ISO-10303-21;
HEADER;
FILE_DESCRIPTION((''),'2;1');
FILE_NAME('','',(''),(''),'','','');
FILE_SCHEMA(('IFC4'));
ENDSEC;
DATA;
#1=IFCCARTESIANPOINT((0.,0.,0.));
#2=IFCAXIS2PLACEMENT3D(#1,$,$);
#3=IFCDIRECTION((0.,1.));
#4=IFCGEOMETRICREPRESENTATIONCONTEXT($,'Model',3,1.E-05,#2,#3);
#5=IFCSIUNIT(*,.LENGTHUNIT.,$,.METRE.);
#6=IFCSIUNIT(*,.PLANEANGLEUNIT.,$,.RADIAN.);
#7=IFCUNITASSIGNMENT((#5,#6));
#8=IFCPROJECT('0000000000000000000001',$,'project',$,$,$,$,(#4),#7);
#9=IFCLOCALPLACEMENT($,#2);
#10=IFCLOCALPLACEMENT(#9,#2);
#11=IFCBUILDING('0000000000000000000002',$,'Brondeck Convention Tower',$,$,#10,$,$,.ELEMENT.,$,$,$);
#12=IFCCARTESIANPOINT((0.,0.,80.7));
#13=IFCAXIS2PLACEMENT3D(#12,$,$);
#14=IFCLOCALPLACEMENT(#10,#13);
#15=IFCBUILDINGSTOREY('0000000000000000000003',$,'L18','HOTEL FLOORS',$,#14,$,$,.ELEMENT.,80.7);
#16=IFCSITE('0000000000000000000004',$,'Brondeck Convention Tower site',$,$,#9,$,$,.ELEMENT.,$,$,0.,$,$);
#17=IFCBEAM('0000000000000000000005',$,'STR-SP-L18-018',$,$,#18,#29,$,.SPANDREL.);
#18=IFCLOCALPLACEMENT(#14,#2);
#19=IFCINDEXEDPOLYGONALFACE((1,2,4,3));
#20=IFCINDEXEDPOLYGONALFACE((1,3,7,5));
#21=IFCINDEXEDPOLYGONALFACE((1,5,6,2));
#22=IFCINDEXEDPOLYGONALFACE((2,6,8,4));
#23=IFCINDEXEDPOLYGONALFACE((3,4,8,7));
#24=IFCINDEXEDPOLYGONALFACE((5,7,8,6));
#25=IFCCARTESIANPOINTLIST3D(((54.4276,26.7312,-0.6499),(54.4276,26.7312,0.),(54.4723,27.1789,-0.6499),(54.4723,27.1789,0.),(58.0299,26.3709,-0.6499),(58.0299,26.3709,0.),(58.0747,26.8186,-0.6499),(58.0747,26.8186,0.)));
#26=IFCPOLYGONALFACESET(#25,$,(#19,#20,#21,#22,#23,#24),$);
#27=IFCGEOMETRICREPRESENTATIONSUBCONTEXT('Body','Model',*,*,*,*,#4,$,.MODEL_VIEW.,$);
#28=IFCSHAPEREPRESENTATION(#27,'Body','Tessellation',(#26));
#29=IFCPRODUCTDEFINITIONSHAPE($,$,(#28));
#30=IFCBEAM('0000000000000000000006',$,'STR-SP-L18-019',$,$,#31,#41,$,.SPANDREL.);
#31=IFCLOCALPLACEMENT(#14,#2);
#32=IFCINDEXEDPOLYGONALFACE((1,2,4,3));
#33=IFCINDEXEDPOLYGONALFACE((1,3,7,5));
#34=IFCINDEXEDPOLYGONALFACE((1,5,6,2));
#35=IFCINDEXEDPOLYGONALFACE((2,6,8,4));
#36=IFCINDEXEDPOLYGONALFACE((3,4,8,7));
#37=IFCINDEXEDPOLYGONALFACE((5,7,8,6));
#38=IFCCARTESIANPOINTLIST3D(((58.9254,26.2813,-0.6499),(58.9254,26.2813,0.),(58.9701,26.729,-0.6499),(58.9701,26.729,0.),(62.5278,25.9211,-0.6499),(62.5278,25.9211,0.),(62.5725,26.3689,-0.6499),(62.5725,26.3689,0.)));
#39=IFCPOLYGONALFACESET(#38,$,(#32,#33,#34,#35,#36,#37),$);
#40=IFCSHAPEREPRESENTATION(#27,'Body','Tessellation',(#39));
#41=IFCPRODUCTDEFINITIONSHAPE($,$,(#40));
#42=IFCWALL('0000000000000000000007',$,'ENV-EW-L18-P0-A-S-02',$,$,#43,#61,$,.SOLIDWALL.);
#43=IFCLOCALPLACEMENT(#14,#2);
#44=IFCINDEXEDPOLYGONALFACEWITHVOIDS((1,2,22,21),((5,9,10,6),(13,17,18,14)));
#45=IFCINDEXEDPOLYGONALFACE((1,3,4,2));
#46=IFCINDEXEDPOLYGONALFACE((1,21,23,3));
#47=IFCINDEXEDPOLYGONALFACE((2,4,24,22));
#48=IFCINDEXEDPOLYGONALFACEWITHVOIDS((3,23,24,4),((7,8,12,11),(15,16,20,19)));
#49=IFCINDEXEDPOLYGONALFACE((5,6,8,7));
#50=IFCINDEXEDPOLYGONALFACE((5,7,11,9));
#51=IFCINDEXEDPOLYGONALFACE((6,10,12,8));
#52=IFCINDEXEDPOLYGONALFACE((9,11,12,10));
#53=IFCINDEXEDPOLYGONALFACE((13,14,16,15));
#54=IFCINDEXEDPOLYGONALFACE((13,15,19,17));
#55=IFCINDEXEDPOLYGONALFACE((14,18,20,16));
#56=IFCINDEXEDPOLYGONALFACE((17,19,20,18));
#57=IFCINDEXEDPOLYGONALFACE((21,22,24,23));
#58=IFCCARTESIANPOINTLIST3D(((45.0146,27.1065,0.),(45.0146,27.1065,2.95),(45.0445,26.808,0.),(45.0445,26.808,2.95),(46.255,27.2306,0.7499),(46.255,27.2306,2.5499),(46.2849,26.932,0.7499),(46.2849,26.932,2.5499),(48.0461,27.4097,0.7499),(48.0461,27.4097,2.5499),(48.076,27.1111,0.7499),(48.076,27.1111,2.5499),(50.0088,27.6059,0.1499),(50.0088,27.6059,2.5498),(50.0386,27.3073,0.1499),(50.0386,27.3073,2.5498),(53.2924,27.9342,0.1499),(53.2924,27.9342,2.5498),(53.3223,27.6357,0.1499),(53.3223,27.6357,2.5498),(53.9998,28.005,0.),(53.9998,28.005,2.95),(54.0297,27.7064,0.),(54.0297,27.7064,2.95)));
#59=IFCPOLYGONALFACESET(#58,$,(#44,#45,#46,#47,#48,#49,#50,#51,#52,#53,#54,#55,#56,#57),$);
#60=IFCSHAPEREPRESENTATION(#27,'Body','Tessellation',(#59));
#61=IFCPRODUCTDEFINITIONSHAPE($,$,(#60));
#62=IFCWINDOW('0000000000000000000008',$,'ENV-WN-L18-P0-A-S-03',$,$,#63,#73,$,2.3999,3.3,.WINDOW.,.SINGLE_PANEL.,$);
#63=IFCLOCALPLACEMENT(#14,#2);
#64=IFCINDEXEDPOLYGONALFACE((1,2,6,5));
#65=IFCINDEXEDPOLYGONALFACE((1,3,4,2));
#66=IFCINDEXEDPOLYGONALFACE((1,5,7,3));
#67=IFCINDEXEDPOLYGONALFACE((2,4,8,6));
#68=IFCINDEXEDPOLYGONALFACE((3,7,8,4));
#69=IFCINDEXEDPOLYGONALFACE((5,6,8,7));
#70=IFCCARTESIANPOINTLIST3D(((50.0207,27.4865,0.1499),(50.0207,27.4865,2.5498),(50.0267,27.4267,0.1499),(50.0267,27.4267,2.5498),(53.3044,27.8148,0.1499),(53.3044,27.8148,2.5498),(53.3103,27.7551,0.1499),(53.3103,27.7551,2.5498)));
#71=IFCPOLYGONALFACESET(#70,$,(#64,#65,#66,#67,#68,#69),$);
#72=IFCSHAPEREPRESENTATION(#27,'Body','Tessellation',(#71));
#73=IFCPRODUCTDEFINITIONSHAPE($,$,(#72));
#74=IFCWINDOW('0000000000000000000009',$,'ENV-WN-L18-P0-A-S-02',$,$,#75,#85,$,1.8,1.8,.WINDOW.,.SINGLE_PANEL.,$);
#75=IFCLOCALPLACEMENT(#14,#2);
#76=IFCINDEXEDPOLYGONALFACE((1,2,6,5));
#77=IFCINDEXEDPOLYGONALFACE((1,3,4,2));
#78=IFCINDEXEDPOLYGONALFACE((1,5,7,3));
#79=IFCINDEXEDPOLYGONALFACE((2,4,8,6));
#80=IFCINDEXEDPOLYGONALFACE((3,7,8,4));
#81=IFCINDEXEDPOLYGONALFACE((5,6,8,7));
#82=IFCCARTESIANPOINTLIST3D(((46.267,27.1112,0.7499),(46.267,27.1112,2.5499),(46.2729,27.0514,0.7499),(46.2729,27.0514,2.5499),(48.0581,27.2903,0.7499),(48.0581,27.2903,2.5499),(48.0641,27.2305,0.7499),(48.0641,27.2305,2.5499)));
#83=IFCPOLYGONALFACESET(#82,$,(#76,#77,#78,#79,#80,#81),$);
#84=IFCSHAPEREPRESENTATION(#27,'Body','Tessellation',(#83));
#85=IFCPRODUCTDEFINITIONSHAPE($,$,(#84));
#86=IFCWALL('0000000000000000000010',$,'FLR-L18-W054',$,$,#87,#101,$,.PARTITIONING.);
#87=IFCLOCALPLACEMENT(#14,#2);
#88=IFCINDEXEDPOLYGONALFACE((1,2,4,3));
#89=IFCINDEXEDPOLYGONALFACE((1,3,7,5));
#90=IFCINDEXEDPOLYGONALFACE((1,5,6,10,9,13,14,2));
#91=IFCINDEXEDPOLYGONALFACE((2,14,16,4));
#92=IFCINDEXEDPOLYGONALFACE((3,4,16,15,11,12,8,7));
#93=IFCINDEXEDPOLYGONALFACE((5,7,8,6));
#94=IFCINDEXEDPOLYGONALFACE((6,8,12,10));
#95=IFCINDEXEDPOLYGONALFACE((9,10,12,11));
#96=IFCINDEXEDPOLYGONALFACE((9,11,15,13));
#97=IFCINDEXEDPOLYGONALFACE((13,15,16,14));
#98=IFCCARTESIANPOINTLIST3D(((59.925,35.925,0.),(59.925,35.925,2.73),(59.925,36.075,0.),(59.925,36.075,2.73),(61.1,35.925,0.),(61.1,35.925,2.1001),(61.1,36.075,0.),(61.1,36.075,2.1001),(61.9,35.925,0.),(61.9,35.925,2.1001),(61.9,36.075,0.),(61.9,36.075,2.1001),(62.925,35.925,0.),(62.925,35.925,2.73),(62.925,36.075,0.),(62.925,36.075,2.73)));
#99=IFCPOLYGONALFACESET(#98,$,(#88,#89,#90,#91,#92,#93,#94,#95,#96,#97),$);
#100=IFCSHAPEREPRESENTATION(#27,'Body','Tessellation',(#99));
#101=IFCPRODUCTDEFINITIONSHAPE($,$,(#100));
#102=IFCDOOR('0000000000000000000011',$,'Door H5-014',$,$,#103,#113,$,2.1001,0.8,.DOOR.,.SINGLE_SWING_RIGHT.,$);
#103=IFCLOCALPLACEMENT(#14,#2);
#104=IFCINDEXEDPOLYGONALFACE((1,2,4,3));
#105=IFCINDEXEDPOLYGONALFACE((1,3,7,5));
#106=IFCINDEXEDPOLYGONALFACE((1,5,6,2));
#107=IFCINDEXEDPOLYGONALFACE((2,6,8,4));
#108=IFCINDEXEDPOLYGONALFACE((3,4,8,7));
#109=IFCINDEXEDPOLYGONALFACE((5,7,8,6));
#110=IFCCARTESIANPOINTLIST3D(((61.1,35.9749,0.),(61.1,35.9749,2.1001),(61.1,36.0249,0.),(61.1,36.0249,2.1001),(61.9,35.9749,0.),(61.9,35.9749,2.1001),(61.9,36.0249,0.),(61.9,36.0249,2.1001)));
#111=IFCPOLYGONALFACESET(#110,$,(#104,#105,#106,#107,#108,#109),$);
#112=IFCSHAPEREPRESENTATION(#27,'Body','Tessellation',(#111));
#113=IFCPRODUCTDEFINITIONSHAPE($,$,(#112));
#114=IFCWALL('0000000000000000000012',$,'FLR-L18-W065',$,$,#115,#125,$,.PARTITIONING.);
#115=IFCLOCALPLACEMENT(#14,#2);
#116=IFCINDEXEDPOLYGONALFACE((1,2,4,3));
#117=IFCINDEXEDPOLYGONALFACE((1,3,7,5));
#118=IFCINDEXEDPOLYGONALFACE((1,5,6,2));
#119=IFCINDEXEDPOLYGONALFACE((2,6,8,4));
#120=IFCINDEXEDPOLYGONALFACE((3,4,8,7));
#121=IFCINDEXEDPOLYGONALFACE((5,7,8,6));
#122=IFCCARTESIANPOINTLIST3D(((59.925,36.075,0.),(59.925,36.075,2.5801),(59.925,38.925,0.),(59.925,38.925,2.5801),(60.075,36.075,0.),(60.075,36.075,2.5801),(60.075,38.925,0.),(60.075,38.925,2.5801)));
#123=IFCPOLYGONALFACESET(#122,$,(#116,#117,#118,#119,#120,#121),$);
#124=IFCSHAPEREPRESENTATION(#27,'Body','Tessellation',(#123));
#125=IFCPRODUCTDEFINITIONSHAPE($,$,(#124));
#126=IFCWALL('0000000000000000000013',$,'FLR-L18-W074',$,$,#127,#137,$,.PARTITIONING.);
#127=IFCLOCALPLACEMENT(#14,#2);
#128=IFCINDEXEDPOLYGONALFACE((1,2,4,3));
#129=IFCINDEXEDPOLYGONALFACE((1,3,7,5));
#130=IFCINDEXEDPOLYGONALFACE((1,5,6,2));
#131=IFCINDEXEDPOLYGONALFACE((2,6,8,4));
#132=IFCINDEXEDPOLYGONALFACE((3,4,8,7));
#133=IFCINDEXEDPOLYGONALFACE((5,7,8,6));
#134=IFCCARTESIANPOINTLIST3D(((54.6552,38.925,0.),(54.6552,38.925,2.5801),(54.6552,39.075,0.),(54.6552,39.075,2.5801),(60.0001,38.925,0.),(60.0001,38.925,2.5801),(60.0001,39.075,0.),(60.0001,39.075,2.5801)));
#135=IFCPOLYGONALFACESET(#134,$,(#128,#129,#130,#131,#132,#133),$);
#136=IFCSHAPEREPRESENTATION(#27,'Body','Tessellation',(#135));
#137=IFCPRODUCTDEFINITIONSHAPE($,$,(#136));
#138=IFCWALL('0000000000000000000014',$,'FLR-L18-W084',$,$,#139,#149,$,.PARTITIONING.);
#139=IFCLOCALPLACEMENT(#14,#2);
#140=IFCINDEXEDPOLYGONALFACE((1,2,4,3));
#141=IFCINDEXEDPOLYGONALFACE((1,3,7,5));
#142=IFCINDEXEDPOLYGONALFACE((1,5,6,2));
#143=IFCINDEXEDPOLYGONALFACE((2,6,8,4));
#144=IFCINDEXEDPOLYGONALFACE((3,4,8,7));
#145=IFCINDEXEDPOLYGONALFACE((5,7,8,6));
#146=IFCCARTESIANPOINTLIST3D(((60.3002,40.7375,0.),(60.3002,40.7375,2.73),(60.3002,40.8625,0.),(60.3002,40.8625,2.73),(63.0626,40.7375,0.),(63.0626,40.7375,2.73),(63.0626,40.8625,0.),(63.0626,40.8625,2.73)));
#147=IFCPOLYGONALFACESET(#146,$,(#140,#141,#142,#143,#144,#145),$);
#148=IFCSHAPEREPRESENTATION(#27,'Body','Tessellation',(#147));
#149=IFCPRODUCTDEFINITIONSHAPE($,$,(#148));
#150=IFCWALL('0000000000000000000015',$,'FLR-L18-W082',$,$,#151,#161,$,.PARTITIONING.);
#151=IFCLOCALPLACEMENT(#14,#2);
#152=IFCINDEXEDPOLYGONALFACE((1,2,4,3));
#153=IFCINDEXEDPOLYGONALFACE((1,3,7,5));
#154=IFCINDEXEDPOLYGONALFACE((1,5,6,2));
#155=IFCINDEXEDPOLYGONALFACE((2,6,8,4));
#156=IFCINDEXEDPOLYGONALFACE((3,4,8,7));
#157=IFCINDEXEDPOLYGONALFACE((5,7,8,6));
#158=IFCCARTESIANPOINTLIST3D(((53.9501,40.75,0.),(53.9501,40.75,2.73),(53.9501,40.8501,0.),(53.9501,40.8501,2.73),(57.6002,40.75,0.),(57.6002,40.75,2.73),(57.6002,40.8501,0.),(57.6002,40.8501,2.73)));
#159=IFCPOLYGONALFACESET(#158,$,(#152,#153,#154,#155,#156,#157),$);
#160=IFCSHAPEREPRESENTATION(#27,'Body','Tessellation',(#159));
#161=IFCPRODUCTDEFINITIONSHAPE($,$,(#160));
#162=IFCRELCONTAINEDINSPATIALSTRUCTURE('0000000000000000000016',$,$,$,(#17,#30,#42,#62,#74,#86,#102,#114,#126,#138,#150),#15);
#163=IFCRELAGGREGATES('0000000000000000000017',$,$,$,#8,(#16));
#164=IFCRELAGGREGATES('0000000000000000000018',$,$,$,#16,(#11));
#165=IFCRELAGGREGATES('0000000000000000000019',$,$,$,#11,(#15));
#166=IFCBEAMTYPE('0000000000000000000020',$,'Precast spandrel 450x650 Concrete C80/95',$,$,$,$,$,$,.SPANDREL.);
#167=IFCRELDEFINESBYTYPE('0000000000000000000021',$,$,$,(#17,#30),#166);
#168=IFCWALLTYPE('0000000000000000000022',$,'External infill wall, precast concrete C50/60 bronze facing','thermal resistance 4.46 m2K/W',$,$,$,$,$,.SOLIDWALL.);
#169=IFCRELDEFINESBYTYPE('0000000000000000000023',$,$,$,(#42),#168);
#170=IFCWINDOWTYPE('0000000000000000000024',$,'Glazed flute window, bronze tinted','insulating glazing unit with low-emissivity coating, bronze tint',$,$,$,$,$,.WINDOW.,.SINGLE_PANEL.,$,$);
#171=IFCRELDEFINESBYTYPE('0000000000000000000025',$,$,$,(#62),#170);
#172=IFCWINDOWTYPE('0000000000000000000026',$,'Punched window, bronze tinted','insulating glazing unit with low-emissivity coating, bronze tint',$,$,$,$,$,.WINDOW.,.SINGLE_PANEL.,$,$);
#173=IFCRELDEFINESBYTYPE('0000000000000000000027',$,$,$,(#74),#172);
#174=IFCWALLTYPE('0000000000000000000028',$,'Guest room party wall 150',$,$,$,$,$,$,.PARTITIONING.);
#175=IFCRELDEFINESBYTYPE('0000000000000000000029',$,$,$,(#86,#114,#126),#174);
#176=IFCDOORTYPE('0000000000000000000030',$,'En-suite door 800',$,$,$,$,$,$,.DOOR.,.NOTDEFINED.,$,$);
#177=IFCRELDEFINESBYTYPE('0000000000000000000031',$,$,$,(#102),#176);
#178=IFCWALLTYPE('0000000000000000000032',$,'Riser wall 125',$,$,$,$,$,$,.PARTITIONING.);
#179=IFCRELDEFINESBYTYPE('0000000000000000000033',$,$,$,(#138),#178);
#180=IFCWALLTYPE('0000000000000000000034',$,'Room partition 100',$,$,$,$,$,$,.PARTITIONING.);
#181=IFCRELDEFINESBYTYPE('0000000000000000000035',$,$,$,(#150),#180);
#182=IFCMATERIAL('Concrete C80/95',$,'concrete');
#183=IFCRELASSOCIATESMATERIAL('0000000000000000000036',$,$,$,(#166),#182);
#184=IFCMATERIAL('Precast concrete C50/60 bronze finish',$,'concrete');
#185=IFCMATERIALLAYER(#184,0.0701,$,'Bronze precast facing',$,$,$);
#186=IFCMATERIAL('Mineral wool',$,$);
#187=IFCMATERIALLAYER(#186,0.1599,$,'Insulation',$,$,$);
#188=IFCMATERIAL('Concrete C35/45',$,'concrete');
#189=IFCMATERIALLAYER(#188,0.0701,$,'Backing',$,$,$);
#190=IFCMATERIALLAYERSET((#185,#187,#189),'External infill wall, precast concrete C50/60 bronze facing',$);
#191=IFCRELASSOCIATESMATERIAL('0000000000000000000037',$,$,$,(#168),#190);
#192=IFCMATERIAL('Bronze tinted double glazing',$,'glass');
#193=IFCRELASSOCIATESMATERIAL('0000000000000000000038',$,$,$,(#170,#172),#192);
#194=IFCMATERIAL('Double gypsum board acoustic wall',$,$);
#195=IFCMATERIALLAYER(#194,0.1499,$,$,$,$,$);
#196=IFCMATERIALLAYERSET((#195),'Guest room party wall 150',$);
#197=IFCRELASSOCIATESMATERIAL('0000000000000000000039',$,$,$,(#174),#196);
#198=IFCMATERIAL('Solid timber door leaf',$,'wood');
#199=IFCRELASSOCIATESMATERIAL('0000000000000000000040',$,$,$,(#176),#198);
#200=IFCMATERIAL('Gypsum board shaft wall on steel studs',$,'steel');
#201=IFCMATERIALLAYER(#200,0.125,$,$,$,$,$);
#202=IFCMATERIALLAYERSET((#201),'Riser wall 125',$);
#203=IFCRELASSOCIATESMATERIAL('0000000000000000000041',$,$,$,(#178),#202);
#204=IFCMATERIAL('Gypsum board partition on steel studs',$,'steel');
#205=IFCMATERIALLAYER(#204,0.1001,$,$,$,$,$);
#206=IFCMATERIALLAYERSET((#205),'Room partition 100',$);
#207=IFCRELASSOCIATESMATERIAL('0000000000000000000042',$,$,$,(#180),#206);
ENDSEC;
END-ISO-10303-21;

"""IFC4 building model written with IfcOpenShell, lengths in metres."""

from ifc_helpers import new_model, si_unit, direction, frame, frame_2d, origin, origin_2d, place, context, subcontext, project, spatial, rectangle, extrude, material, layer, layer_set, material_profile, profile_set, type_object, element, fill, save


model = new_model("IFC4")

# Units and contexts
model_context = context("Model", 3, precision=1e-05, world=origin(), true_north=direction((0.0, 1.0)))
body_context = subcontext(model_context, "Body", "Model", "MODEL_VIEW")
ifc_project = project(units=[si_unit("LENGTHUNIT", "METRE"), si_unit("PLANEANGLEUNIT", "RADIAN")], contexts=[model_context])

# Site, building, storey
site_placement = place(None, origin())
site = spatial("IfcSite", under=ifc_project, at=site_placement, Name="Brondeck Convention Tower site", CompositionType="ELEMENT", RefElevation=0.0)
building_placement = place(site_placement, origin())
building = spatial("IfcBuilding", under=site, at=building_placement, Name="Brondeck Convention Tower", CompositionType="ELEMENT")
storey_placement = place(building_placement, frame((0.0, 0.0, 80.7)))
storey = spatial("IfcBuildingStorey", under=building, at=storey_placement, Name="L18", Description="HOTEL FLOORS", CompositionType="ELEMENT", Elevation=80.7)

# Shared definitions
ifc_material_1 = material(Name="Concrete C80/95", Category="concrete")

# Beams
ifc_material_profile_1 = material_profile(ifc_material_1, rectangle(XDim=0.45, YDim=0.6499, at=origin_2d()), Name="Precast spandrel 450x650 Concrete C80/95")
ifc_profile_set_1 = profile_set([ifc_material_profile_1], Name="Concrete C80/95")
beam_type_1 = type_object("IfcBeamType", Name="Precast spandrel 450x650 Concrete C80/95", PredefinedType="SPANDREL", material=ifc_profile_set_1)
for number, where, z_axis, x_axis, name in (
    (1, (54.45, 26.9551, -0.325), (0.995034, -0.099537, 0.0), (0.099537, 0.995034, 0.0), "STR-SP-L18-018"),
    (2, (58.9478, 26.5051, -0.325), (0.995041, -0.09947, 0.0), (0.09947, 0.995041, 0.0), "STR-SP-L18-019"),
):
    element("IfcBeam", number, at=place(storey_placement, frame(where, z_axis=z_axis, x_axis=x_axis)), inside=storey, type_object=beam_type_1, Name=name, PredefinedType="SPANDREL", context=body_context, shape_type="SweptSolid", body=[
        extrude(rectangle(XDim=0.45, YDim=0.6499, at=origin_2d()), origin(), (0.0, 0.0, 1.0), 3.6204),
    ])

# Wall, openings, windows
ifc_material_2 = material(Name="Precast concrete C50/60 bronze finish", Category="concrete")
ifc_layer_1 = layer(ifc_material_2, 0.0701, Name="Bronze precast facing")
ifc_material_3 = material(Name="Mineral wool")
ifc_layer_2 = layer(ifc_material_3, 0.1599, Name="Insulation")
ifc_material_4 = material(Name="Concrete C35/45", Category="concrete")
ifc_layer_3 = layer(ifc_material_4, 0.0701, Name="Backing")
ifc_layer_set_1 = layer_set([ifc_layer_1, ifc_layer_2, ifc_layer_3], Name="External infill wall, precast concrete C50/60 bronze facing")
wall_type_1 = type_object("IfcWallType", Name="External infill wall, precast concrete C50/60 bronze facing", Description="thermal resistance 4.46 m2K/W", PredefinedType="SOLIDWALL", material=ifc_layer_set_1)
wall_1_placement = place(storey_placement, frame((54.0149, 27.8557, 0.0), z_axis=(0.0, 0.0, 1.0), x_axis=(-0.995038, -0.099496, 0.0)))
wall_1 = element("IfcWall", 3, at=wall_1_placement, inside=storey, type_object=wall_type_1, Name="ENV-EW-L18-P0-A-S-02", PredefinedType="SOLIDWALL", context=body_context, shape_type="SweptSolid", body=[
    extrude(rectangle(XDim=9.03, YDim=0.3, at=frame_2d((4.5151, 0.0))), origin(), (0.0, 0.0, 1.0), 2.95),
])
opening_1_placement = place(wall_1_placement, frame((0.7112, 0.0, 0.1499)))
opening_1 = element("IfcOpeningElement", 4, at=opening_1_placement, cuts=wall_1, PredefinedType="OPENING", context=body_context, shape_type="SweptSolid", body=[
    extrude(rectangle(XDim=3.3, YDim=2.3999, at=frame_2d((1.6499, 1.2))), frame((0.0, 0.1599, 0.0), z_axis=(0.0, -1.0, 0.0), x_axis=(1.0, 0.0, 0.0)), (0.0, 0.0, 1.0), 0.3201),
])
opening_2_placement = place(wall_1_placement, frame((5.9836, 0.0, 0.75)))
opening_2 = element("IfcOpeningElement", 5, at=opening_2_placement, cuts=wall_1, PredefinedType="OPENING", context=body_context, shape_type="SweptSolid", body=[
    extrude(rectangle(XDim=1.8, YDim=1.8, at=frame_2d((0.8999, 0.8999))), frame((0.0, 0.1599, 0.0), z_axis=(0.0, -1.0, 0.0), x_axis=(1.0, 0.0, 0.0)), (0.0, 0.0, 1.0), 0.3201),
])
ifc_material_5 = material(Name="Bronze tinted double glazing", Category="glass")
window_type_1 = type_object("IfcWindowType", Name="Glazed flute window, bronze tinted", Description="insulating glazing unit with low-emissivity coating, bronze tint", PartitioningType="SINGLE_PANEL", PredefinedType="WINDOW", material=ifc_material_5)
window_1_placement = place(opening_1_placement, origin())
window_1 = element("IfcWindow", 6, at=window_1_placement, inside=storey, type_object=window_type_1, Name="ENV-WN-L18-P0-A-S-03", OverallHeight=2.3999, OverallWidth=3.3, PartitioningType="SINGLE_PANEL", PredefinedType="WINDOW", context=body_context, shape_type="SweptSolid", body=[
    extrude(rectangle(XDim=3.3, YDim=2.3999, at=frame_2d((1.6499, 1.2))), frame((0.0, 0.03, 0.0), z_axis=(0.0, -1.0, 0.0), x_axis=(1.0, 0.0, 0.0)), (0.0, 0.0, 1.0), 0.0601),
])
fill(opening_1, window_1)
window_type_2 = type_object("IfcWindowType", Name="Punched window, bronze tinted", Description="insulating glazing unit with low-emissivity coating, bronze tint", PartitioningType="SINGLE_PANEL", PredefinedType="WINDOW", material=ifc_material_5)
window_2_placement = place(opening_2_placement, origin())
window_2 = element("IfcWindow", 7, at=window_2_placement, inside=storey, type_object=window_type_2, Name="ENV-WN-L18-P0-A-S-02", OverallHeight=1.8, OverallWidth=1.8, PartitioningType="SINGLE_PANEL", PredefinedType="WINDOW", context=body_context, shape_type="SweptSolid", body=[
    extrude(rectangle(XDim=1.8, YDim=1.8, at=frame_2d((0.8999, 0.8999))), frame((0.0, 0.03, 0.0), z_axis=(0.0, -1.0, 0.0), x_axis=(1.0, 0.0, 0.0)), (0.0, 0.0, 1.0), 0.0601),
])
fill(opening_2, window_2)

# Wall, opening, door
ifc_material_6 = material(Name="Double gypsum board acoustic wall")
ifc_layer_4 = layer(ifc_material_6, 0.1499)
ifc_layer_set_2 = layer_set([ifc_layer_4], Name="Guest room party wall 150")
wall_type_2 = type_object("IfcWallType", Name="Guest room party wall 150", PredefinedType="PARTITIONING", material=ifc_layer_set_2)
wall_2_placement = place(storey_placement, frame((59.925, 36.0, 0.0), z_axis=(0.0, 0.0, 1.0), x_axis=(1.0, 0.0, 0.0)))
wall_2 = element("IfcWall", 8, at=wall_2_placement, inside=storey, type_object=wall_type_2, Name="FLR-L18-W054", PredefinedType="PARTITIONING", context=body_context, shape_type="SweptSolid", body=[
    extrude(rectangle(XDim=3.0, YDim=0.1499, at=frame_2d((1.5, 0.0))), origin(), (0.0, 0.0, 1.0), 2.73),
])
opening_3_placement = place(wall_2_placement, frame((1.175, 0.0, 0.0)))
opening_3 = element("IfcOpeningElement", 9, at=opening_3_placement, cuts=wall_2, PredefinedType="OPENING", context=body_context, shape_type="SweptSolid", body=[
    extrude(rectangle(XDim=0.8, YDim=2.1001, at=frame_2d((0.3999, 1.05))), frame((0.0, 0.085, 0.0), z_axis=(0.0, -1.0, 0.0), x_axis=(1.0, 0.0, 0.0)), (0.0, 0.0, 1.0), 0.1699),
])
ifc_material_7 = material(Name="Solid timber door leaf", Category="wood")
door_type_1 = type_object("IfcDoorType", Name="En-suite door 800", OperationType="NOTDEFINED", PredefinedType="DOOR", material=ifc_material_7)
door_1_placement = place(opening_3_placement, origin())
door_1 = element("IfcDoor", 10, at=door_1_placement, inside=storey, type_object=door_type_1, Name="Door H5-014", OperationType="SINGLE_SWING_RIGHT", OverallHeight=2.1001, OverallWidth=0.8, PredefinedType="DOOR", context=body_context, shape_type="SweptSolid", body=[
    extrude(rectangle(XDim=0.8, YDim=2.1001, at=frame_2d((0.3999, 1.05))), frame((0.0, 0.0249, 0.0), z_axis=(0.0, -1.0, 0.0), x_axis=(1.0, 0.0, 0.0)), (0.0, 0.0, 1.0), 0.05),
])
fill(opening_3, door_1)

# Walls
wall_3_placement = place(storey_placement, frame((60.0, 38.925, 0.0), z_axis=(0.0, 0.0, 1.0), x_axis=(0.0, -1.0, 0.0)))
element("IfcWall", 11, at=wall_3_placement, inside=storey, type_object=wall_type_2, Name="FLR-L18-W065", PredefinedType="PARTITIONING", context=body_context, shape_type="SweptSolid", body=[
    extrude(rectangle(XDim=2.8501, YDim=0.1499, at=frame_2d((1.425, 0.0))), origin(), (0.0, 0.0, 1.0), 2.5801),
])
wall_4_placement = place(storey_placement, frame((60.0, 39.0, 0.0), z_axis=(0.0, 0.0, 1.0), x_axis=(-1.0, 0.0, 0.0)))
element("IfcWall", 12, at=wall_4_placement, inside=storey, type_object=wall_type_2, Name="FLR-L18-W074", PredefinedType="PARTITIONING", context=body_context, shape_type="SweptSolid", body=[
    extrude(rectangle(XDim=5.345, YDim=0.1499, at=frame_2d((2.6724, 0.0))), origin(), (0.0, 0.0, 1.0), 2.5801),
])
ifc_material_8 = material(Name="Gypsum board shaft wall on steel studs", Category="steel")
ifc_layer_5 = layer(ifc_material_8, 0.125)
ifc_layer_set_3 = layer_set([ifc_layer_5], Name="Riser wall 125")
wall_type_3 = type_object("IfcWallType", Name="Riser wall 125", PredefinedType="PARTITIONING", material=ifc_layer_set_3)
wall_5_placement = place(storey_placement, frame((60.3, 40.8, 0.0), z_axis=(0.0, 0.0, 1.0), x_axis=(1.0, 0.0, 0.0)))
element("IfcWall", 13, at=wall_5_placement, inside=storey, type_object=wall_type_3, Name="FLR-L18-W084", PredefinedType="PARTITIONING", context=body_context, shape_type="SweptSolid", body=[
    extrude(rectangle(XDim=2.7625, YDim=0.125, at=frame_2d((1.3813, 0.0))), origin(), (0.0, 0.0, 1.0), 2.73),
])
ifc_material_9 = material(Name="Gypsum board partition on steel studs", Category="steel")
ifc_layer_6 = layer(ifc_material_9, 0.1001)
ifc_layer_set_4 = layer_set([ifc_layer_6], Name="Room partition 100")
wall_type_4 = type_object("IfcWallType", Name="Room partition 100", PredefinedType="PARTITIONING", material=ifc_layer_set_4)
wall_6_placement = place(storey_placement, frame((53.95, 40.8, 0.0), z_axis=(0.0, 0.0, 1.0), x_axis=(1.0, 0.0, 0.0)))
element("IfcWall", 14, at=wall_6_placement, inside=storey, type_object=wall_type_4, Name="FLR-L18-W082", PredefinedType="PARTITIONING", context=body_context, shape_type="SweptSolid", body=[
    extrude(rectangle(XDim=3.6501, YDim=0.1001, at=frame_2d((1.8252, 0.0))), origin(), (0.0, 0.0, 1.0), 2.73),
])

save(model, "model.ifc")
